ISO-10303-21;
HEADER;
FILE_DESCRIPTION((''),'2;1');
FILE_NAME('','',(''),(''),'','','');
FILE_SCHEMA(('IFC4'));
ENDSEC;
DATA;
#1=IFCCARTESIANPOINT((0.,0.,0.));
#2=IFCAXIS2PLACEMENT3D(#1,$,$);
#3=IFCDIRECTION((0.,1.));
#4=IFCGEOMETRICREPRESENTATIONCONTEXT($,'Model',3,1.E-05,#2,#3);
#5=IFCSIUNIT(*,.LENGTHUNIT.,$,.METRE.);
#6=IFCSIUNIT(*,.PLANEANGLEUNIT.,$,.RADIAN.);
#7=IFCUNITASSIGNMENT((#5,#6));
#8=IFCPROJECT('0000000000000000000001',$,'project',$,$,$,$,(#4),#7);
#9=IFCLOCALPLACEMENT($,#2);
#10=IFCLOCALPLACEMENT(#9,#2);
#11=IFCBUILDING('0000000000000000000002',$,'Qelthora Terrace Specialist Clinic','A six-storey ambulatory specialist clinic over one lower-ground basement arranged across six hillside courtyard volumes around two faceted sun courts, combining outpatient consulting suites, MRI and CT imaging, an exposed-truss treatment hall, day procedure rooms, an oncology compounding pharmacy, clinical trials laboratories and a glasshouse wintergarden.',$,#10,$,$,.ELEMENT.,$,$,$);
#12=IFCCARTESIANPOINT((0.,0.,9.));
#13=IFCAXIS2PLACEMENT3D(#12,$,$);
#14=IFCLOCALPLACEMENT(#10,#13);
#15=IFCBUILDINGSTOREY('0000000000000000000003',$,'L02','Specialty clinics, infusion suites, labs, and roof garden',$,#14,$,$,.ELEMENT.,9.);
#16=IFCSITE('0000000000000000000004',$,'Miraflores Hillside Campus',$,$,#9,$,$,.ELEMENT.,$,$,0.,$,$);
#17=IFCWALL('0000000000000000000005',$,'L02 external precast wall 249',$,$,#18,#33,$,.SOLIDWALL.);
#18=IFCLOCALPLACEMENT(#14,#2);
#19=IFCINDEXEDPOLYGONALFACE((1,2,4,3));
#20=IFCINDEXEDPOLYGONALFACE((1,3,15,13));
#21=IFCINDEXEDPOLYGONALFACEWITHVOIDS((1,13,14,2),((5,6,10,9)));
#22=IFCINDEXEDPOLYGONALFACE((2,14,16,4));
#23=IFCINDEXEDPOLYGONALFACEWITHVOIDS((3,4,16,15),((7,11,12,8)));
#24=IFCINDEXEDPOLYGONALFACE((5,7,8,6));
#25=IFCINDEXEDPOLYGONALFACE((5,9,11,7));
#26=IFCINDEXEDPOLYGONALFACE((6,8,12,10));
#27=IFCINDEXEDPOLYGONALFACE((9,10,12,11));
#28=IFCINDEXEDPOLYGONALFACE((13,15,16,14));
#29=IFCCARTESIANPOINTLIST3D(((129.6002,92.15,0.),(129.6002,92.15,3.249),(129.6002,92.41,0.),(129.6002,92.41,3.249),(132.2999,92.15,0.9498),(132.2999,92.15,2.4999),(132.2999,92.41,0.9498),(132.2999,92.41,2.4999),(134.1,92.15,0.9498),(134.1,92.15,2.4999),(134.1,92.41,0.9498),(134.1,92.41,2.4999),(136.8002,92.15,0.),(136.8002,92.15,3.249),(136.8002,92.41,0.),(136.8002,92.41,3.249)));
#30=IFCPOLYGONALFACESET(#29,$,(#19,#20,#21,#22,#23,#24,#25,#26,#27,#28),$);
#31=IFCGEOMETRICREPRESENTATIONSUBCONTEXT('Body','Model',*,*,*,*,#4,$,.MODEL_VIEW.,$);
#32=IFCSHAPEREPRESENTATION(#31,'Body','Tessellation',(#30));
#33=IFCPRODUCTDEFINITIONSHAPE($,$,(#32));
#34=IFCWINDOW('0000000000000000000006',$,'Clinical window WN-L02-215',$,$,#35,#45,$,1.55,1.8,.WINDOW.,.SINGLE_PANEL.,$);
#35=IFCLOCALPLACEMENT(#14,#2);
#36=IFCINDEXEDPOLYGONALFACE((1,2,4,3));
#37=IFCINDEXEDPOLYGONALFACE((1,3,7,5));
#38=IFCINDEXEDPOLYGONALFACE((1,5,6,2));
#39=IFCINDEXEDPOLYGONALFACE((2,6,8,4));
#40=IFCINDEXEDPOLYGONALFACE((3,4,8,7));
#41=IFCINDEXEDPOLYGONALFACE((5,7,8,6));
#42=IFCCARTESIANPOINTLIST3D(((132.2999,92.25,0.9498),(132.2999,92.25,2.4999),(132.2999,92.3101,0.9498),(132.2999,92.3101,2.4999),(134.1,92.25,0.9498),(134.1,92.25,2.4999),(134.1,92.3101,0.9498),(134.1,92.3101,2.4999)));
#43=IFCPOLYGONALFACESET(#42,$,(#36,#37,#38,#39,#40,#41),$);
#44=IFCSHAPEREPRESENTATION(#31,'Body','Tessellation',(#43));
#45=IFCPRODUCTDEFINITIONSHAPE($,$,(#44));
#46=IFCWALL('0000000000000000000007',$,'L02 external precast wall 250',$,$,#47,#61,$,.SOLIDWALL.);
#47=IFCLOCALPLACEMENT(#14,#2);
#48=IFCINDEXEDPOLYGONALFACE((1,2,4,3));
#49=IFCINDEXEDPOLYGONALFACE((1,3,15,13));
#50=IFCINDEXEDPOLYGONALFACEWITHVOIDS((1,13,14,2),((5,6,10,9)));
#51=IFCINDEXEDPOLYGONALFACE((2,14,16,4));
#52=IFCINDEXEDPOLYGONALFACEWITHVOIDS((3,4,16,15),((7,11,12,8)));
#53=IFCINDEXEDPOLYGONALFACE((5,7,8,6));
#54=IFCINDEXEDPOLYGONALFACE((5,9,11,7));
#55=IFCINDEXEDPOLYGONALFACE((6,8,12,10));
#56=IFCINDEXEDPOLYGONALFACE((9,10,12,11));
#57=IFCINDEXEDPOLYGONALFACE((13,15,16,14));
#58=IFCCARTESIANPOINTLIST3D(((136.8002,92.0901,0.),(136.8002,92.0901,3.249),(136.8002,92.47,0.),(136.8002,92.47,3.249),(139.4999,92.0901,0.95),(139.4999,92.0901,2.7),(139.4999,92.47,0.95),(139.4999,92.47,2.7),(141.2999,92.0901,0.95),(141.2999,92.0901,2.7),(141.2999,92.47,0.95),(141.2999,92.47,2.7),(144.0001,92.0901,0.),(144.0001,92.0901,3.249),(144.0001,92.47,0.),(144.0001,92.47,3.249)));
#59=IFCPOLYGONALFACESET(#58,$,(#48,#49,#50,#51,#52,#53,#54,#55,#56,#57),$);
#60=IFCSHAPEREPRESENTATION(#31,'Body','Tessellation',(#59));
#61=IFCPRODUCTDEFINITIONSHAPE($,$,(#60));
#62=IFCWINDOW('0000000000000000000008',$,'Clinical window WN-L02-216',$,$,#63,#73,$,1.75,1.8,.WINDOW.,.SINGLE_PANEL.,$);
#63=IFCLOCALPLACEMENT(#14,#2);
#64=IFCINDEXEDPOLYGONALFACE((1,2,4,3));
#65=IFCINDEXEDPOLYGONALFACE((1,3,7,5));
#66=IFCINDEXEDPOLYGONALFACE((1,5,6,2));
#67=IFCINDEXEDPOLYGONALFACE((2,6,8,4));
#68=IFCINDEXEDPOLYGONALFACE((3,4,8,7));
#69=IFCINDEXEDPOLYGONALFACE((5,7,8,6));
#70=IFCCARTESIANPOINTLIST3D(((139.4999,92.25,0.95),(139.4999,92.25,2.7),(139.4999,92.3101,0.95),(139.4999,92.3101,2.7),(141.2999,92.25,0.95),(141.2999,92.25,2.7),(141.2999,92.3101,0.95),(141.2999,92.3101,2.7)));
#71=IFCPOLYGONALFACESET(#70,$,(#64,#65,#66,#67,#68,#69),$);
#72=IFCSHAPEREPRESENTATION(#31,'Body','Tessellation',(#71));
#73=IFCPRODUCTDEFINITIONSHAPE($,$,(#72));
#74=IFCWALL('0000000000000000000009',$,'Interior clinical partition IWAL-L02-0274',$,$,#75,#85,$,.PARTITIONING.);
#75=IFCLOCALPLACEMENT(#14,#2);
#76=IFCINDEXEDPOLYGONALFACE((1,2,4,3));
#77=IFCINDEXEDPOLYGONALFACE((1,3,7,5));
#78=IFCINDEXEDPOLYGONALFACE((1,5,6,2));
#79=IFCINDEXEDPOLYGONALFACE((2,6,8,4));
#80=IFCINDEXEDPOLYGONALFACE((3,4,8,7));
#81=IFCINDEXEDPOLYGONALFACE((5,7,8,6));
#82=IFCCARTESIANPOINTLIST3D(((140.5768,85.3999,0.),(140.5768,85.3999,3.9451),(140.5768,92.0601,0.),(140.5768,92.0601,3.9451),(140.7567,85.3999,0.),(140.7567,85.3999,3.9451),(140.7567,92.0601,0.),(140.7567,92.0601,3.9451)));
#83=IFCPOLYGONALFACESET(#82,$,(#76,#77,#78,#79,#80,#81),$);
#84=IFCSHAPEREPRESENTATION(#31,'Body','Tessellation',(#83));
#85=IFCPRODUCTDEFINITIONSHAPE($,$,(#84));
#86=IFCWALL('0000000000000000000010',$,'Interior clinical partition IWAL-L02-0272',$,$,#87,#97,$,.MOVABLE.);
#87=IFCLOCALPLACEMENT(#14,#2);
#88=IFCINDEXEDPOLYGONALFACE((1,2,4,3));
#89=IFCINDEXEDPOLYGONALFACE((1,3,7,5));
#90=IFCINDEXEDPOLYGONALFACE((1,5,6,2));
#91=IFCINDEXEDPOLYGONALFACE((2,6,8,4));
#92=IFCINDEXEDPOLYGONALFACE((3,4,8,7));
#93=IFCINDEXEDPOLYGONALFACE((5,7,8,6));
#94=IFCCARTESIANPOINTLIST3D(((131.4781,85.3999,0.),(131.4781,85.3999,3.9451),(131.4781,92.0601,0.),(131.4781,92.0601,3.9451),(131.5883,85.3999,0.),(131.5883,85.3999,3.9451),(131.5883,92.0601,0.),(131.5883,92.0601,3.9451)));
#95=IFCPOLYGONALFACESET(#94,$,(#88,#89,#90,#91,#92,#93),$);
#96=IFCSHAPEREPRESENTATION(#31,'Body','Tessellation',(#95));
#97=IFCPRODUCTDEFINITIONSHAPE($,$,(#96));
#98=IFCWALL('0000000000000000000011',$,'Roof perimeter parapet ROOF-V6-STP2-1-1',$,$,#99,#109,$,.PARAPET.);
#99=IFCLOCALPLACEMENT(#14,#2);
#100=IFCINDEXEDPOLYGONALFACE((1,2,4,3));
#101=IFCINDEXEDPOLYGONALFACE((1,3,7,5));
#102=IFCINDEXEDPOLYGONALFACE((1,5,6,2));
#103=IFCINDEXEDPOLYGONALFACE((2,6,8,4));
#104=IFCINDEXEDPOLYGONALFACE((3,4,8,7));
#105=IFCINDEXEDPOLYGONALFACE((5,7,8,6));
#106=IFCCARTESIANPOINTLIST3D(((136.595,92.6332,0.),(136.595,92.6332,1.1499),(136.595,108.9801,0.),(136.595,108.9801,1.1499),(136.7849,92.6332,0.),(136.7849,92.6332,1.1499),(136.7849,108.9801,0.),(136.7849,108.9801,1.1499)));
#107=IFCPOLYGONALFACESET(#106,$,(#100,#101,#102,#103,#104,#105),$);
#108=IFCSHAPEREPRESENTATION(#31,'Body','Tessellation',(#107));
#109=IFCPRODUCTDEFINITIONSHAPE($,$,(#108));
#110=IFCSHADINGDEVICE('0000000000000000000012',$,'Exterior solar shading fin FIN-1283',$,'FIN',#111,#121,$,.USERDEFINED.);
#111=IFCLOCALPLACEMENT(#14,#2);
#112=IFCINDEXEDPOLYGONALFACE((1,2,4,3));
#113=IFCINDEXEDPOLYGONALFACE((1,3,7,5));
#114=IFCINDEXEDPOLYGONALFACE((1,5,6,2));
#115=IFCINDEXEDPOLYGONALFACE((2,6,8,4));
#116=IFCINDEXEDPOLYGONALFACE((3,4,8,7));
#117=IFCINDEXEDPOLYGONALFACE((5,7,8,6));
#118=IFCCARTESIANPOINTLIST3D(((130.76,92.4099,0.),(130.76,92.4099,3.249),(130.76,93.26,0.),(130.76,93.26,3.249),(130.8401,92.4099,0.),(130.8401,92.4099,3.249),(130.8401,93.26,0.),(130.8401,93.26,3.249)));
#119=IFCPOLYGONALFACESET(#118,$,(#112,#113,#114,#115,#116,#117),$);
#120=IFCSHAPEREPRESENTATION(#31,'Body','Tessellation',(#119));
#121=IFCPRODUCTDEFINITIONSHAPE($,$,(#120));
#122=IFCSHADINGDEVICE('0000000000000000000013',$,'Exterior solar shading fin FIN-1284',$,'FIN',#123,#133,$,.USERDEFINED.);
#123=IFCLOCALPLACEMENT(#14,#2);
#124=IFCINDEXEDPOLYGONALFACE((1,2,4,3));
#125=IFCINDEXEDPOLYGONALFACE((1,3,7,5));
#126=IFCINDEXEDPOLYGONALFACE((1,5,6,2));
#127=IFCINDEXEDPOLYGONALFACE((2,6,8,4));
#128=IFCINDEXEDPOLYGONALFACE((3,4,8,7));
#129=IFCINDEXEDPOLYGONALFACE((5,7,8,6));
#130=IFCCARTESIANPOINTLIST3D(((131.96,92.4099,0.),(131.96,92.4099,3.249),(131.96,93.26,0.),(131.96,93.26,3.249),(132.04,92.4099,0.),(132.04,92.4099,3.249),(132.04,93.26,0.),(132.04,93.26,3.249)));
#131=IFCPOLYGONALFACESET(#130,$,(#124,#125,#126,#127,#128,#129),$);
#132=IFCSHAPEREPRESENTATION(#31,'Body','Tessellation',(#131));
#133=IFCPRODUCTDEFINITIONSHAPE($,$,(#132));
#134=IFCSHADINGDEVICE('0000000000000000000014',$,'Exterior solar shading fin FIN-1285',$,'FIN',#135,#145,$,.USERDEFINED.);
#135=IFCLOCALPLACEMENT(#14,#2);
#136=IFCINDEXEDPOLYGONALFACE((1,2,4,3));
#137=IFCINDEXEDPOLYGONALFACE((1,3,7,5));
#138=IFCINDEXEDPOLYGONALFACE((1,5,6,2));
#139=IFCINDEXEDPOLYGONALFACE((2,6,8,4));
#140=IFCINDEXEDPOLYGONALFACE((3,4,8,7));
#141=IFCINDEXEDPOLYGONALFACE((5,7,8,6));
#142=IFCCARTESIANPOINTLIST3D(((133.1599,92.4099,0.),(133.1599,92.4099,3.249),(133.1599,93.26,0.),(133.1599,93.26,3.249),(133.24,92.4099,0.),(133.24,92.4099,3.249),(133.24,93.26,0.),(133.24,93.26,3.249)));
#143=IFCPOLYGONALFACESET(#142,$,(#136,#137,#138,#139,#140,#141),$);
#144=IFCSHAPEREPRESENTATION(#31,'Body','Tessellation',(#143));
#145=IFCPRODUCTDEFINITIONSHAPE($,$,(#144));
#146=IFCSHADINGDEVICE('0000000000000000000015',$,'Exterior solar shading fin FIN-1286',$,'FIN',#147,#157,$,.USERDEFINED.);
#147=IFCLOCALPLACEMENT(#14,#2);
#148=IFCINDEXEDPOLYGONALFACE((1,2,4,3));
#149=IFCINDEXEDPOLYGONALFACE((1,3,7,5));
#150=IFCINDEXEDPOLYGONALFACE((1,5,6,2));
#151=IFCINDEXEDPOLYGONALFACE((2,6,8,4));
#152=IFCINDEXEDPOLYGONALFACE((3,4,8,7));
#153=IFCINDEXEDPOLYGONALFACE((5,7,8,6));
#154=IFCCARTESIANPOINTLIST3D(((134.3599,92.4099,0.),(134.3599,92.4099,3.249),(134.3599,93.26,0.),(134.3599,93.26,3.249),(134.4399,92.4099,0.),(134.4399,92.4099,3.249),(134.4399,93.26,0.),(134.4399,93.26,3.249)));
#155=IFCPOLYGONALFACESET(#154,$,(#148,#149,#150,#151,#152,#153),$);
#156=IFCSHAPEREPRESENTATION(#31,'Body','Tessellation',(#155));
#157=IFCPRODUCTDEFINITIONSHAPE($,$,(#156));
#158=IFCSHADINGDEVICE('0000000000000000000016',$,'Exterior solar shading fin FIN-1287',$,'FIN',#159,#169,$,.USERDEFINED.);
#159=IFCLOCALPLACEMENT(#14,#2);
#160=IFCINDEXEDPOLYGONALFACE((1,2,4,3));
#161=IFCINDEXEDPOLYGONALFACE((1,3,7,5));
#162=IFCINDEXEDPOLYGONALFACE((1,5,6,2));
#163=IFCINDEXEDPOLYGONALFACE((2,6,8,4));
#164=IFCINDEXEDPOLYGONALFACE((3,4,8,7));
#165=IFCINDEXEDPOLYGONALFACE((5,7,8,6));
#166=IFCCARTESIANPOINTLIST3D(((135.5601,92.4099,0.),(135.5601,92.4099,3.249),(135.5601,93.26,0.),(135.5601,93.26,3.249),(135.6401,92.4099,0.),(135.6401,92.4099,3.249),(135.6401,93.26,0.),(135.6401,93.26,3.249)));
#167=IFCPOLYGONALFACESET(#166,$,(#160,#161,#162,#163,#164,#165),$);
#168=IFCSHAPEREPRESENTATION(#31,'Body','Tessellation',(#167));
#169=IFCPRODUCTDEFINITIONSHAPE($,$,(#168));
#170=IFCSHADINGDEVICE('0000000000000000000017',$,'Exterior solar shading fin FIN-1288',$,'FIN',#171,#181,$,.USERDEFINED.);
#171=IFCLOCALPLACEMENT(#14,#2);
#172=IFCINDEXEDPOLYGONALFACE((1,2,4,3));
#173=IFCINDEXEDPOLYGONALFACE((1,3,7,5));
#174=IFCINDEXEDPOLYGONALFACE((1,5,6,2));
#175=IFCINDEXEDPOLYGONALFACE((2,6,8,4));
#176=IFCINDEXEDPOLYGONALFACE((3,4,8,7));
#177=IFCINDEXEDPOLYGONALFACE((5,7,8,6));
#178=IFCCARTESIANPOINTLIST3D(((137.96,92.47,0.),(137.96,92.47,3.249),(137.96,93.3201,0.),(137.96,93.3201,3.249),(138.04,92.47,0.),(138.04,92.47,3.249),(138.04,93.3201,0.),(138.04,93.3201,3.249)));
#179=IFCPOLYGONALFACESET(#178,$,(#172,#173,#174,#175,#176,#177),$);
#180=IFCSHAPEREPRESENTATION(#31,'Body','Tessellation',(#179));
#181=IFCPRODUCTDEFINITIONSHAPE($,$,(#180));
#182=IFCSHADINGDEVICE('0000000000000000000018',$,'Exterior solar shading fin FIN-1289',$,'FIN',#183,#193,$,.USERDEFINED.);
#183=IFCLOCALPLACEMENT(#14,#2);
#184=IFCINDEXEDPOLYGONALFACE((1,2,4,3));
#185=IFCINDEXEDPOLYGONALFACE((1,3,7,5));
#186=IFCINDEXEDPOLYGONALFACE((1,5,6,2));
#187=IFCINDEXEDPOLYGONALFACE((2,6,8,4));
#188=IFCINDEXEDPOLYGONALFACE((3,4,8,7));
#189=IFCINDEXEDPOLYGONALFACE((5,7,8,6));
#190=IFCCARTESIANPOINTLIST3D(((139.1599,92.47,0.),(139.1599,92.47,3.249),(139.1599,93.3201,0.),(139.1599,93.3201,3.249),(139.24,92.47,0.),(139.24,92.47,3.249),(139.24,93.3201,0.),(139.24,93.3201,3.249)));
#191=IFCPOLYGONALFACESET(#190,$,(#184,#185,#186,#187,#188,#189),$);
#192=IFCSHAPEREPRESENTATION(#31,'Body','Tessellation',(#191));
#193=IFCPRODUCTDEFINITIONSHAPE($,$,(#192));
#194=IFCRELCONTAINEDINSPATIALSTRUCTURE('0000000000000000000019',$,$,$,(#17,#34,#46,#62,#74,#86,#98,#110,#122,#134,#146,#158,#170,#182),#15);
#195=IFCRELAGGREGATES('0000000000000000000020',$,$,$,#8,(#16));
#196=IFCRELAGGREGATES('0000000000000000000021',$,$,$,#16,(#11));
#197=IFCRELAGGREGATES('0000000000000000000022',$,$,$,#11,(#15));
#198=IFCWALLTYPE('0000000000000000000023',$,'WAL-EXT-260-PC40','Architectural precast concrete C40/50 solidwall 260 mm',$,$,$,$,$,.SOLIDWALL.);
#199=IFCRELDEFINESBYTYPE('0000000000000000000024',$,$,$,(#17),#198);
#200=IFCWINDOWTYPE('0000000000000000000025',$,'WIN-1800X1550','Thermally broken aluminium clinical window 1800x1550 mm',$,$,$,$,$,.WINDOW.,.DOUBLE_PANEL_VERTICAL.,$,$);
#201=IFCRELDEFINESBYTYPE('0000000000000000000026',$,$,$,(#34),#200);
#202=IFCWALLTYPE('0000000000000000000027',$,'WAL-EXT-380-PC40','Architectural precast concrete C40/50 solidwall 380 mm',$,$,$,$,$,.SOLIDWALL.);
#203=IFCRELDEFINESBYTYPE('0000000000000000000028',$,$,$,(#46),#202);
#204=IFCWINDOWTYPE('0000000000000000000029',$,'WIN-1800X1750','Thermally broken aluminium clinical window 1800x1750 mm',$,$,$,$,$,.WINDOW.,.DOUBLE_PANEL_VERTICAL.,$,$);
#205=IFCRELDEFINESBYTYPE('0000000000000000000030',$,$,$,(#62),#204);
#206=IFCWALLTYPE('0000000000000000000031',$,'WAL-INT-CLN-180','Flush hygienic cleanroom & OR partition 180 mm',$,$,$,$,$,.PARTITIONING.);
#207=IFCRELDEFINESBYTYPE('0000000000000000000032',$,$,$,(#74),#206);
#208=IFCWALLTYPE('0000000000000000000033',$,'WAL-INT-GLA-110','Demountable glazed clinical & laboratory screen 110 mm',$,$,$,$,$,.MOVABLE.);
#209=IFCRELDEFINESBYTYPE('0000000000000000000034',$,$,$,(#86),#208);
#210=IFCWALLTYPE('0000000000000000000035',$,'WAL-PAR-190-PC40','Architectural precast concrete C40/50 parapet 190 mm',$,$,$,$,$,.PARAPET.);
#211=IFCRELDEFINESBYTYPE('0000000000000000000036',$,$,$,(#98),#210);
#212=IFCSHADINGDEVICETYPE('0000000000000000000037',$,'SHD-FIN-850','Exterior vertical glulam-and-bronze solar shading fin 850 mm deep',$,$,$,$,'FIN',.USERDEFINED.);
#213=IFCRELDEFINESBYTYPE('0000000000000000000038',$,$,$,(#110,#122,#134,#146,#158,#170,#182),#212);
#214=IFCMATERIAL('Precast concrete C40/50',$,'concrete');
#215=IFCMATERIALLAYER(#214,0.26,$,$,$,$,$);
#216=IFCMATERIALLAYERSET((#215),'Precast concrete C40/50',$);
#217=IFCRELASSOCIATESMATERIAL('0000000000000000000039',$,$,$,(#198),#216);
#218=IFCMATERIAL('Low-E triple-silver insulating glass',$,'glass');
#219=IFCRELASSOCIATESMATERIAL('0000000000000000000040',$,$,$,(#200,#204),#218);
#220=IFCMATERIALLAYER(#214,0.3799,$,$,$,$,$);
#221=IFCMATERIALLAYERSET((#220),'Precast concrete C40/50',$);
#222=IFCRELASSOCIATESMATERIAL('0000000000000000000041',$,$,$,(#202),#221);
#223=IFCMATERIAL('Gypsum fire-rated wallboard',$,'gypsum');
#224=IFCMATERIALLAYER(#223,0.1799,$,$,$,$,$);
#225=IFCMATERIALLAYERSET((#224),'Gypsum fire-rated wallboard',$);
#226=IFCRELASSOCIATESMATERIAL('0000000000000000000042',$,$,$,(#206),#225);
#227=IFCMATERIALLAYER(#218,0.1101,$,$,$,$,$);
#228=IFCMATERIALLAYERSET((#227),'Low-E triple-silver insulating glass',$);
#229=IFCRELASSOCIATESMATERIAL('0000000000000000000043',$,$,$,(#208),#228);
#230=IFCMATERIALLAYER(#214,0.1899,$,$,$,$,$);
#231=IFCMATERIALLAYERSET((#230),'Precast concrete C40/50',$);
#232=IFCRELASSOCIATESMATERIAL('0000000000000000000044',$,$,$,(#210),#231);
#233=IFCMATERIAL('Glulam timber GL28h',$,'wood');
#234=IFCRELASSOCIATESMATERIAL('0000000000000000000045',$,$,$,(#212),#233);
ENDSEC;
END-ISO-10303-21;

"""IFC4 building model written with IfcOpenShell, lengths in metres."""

from ifc_helpers import new_model, si_unit, direction, frame, frame_2d, origin, origin_2d, place, context, subcontext, project, spatial, rectangle, extrude, material, layer, layer_set, type_object, element, fill, save


model = new_model("IFC4")

# Units and contexts
model_context = context("Model", 3, precision=1e-05, world=origin(), true_north=direction((0.0, 1.0)))
body_context = subcontext(model_context, "Body", "Model", "MODEL_VIEW")
ifc_project = project(units=[si_unit("LENGTHUNIT", "METRE"), si_unit("PLANEANGLEUNIT", "RADIAN")], contexts=[model_context])

# Site, building, storey
site_placement = place(None, origin())
site = spatial("IfcSite", under=ifc_project, at=site_placement, Name="Miraflores Hillside Campus", CompositionType="ELEMENT", RefElevation=0.0)
building_placement = place(site_placement, origin())
building = spatial("IfcBuilding", under=site, at=building_placement, Name="Qelthora Terrace Specialist Clinic", Description="A six-storey ambulatory specialist clinic over one lower-ground basement arranged across six hillside courtyard volumes around two faceted sun courts, combining outpatient consulting suites, MRI and CT imaging, an exposed-truss treatment hall, day procedure rooms, an oncology compounding pharmacy, clinical trials laboratories and a glasshouse wintergarden.", CompositionType="ELEMENT")
storey_placement = place(building_placement, frame((0.0, 0.0, 9.0)))
storey = spatial("IfcBuildingStorey", under=building, at=storey_placement, Name="L02", Description="Specialty clinics, infusion suites, labs, and roof garden", CompositionType="ELEMENT", Elevation=9.0)

# Walls, openings, windows
ifc_material_1 = material(Name="Precast concrete C40/50", Category="concrete")
ifc_layer_1 = layer(ifc_material_1, 0.26)
ifc_layer_set_1 = layer_set([ifc_layer_1], Name="Precast concrete C40/50")
wall_type_1 = type_object("IfcWallType", Name="WAL-EXT-260-PC40", Description="Architectural precast concrete C40/50 solidwall 260 mm", PredefinedType="SOLIDWALL", material=ifc_layer_set_1)
wall_1_placement = place(storey_placement, frame((129.6001, 92.28, 0.0), z_axis=(0.0, 0.0, 1.0), x_axis=(1.0, 0.0, 0.0)))
wall_1 = element("IfcWall", 1, at=wall_1_placement, inside=storey, type_object=wall_type_1, Name="L02 external precast wall 249", PredefinedType="SOLIDWALL", context=body_context, shape_type="SweptSolid", body=[
    extrude(rectangle(XDim=7.2, YDim=0.26, at=frame_2d((3.6001, 0.0))), origin(), (0.0, 0.0, 1.0), 3.249),
])
opening_1_placement = place(wall_1_placement, frame((2.7, 0.0, 0.95)))
opening_1 = element("IfcOpeningElement", 2, at=opening_1_placement, cuts=wall_1, PredefinedType="OPENING", context=body_context, shape_type="SweptSolid", body=[
    extrude(rectangle(XDim=1.8, YDim=1.55, at=frame_2d((0.8999, 0.7749))), frame((0.0, 0.1399, 0.0), z_axis=(0.0, -1.0, 0.0), x_axis=(1.0, 0.0, 0.0)), (0.0, 0.0, 1.0), 0.28),
])
ifc_material_2 = material(Name="Low-E triple-silver insulating glass", Category="glass")
window_type_1 = type_object("IfcWindowType", Name="WIN-1800X1550", Description="Thermally broken aluminium clinical window 1800x1550 mm", PartitioningType="DOUBLE_PANEL_VERTICAL", PredefinedType="WINDOW", material=ifc_material_2)
window_1_placement = place(opening_1_placement, origin())
window_1 = element("IfcWindow", 3, at=window_1_placement, inside=storey, type_object=window_type_1, Name="Clinical window WN-L02-215", OverallHeight=1.55, OverallWidth=1.8, PartitioningType="SINGLE_PANEL", PredefinedType="WINDOW", context=body_context, shape_type="SweptSolid", body=[
    extrude(rectangle(XDim=1.8, YDim=1.55, at=frame_2d((0.8999, 0.7749))), frame((0.0, 0.03, 0.0), z_axis=(0.0, -1.0, 0.0), x_axis=(1.0, 0.0, 0.0)), (0.0, 0.0, 1.0), 0.0601),
])
fill(opening_1, window_1)
ifc_layer_2 = layer(ifc_material_1, 0.3799)
ifc_layer_set_2 = layer_set([ifc_layer_2], Name="Precast concrete C40/50")
wall_type_2 = type_object("IfcWallType", Name="WAL-EXT-380-PC40", Description="Architectural precast concrete C40/50 solidwall 380 mm", PredefinedType="SOLIDWALL", material=ifc_layer_set_2)
wall_2_placement = place(storey_placement, frame((136.8, 92.28, 0.0), z_axis=(0.0, 0.0, 1.0), x_axis=(1.0, 0.0, 0.0)))
wall_2 = element("IfcWall", 4, at=wall_2_placement, inside=storey, type_object=wall_type_2, Name="L02 external precast wall 250", PredefinedType="SOLIDWALL", context=body_context, shape_type="SweptSolid", body=[
    extrude(rectangle(XDim=7.2, YDim=0.3799, at=frame_2d((3.6001, 0.0))), origin(), (0.0, 0.0, 1.0), 3.249),
])
opening_2_placement = place(wall_2_placement, frame((2.7, 0.0, 0.95)))
opening_2 = element("IfcOpeningElement", 5, at=opening_2_placement, cuts=wall_2, PredefinedType="OPENING", context=body_context, shape_type="SweptSolid", body=[
    extrude(rectangle(XDim=1.8, YDim=1.75, at=frame_2d((0.8999, 0.875))), frame((0.0, 0.2, 0.0), z_axis=(0.0, -1.0, 0.0), x_axis=(1.0, 0.0, 0.0)), (0.0, 0.0, 1.0), 0.3999),
])
window_type_2 = type_object("IfcWindowType", Name="WIN-1800X1750", Description="Thermally broken aluminium clinical window 1800x1750 mm", PartitioningType="DOUBLE_PANEL_VERTICAL", PredefinedType="WINDOW", material=ifc_material_2)
window_2_placement = place(opening_2_placement, origin())
window_2 = element("IfcWindow", 6, at=window_2_placement, inside=storey, type_object=window_type_2, Name="Clinical window WN-L02-216", OverallHeight=1.75, OverallWidth=1.8, PartitioningType="SINGLE_PANEL", PredefinedType="WINDOW", context=body_context, shape_type="SweptSolid", body=[
    extrude(rectangle(XDim=1.8, YDim=1.75, at=frame_2d((0.8999, 0.875))), frame((0.0, 0.03, 0.0), z_axis=(0.0, -1.0, 0.0), x_axis=(1.0, 0.0, 0.0)), (0.0, 0.0, 1.0), 0.0601),
])
fill(opening_2, window_2)

# Walls
ifc_material_3 = material(Name="Gypsum fire-rated wallboard", Category="gypsum")
ifc_layer_3 = layer(ifc_material_3, 0.1799)
ifc_layer_set_3 = layer_set([ifc_layer_3], Name="Gypsum fire-rated wallboard")
wall_type_3 = type_object("IfcWallType", Name="WAL-INT-CLN-180", Description="Flush hygienic cleanroom & OR partition 180 mm", PredefinedType="PARTITIONING", material=ifc_layer_set_3)
wall_3_placement = place(storey_placement, frame((140.6667, 92.0601, 0.0), z_axis=(0.0, 0.0, 1.0), x_axis=(0.0, -1.0, 0.0)))
element("IfcWall", 7, at=wall_3_placement, inside=storey, type_object=wall_type_3, Name="Interior clinical partition IWAL-L02-0274", PredefinedType="PARTITIONING", context=body_context, shape_type="SweptSolid", body=[
    extrude(rectangle(XDim=6.6602, YDim=0.1799, at=frame_2d((3.3301, 0.0))), origin(), (0.0, 0.0, 1.0), 3.9451),
])
ifc_layer_4 = layer(ifc_material_2, 0.1101)
ifc_layer_set_4 = layer_set([ifc_layer_4], Name="Low-E triple-silver insulating glass")
wall_type_4 = type_object("IfcWallType", Name="WAL-INT-GLA-110", Description="Demountable glazed clinical & laboratory screen 110 mm", PredefinedType="MOVABLE", material=ifc_layer_set_4)
wall_4_placement = place(storey_placement, frame((131.5332, 92.0601, 0.0), z_axis=(0.0, 0.0, 1.0), x_axis=(0.0, -1.0, 0.0)))
element("IfcWall", 8, at=wall_4_placement, inside=storey, type_object=wall_type_4, Name="Interior clinical partition IWAL-L02-0272", PredefinedType="MOVABLE", context=body_context, shape_type="SweptSolid", body=[
    extrude(rectangle(XDim=6.6602, YDim=0.1101, at=frame_2d((3.3301, 0.0))), origin(), (0.0, 0.0, 1.0), 3.9451),
])
ifc_layer_5 = layer(ifc_material_1, 0.1899)
ifc_layer_set_5 = layer_set([ifc_layer_5], Name="Precast concrete C40/50")
wall_type_5 = type_object("IfcWallType", Name="WAL-PAR-190-PC40", Description="Architectural precast concrete C40/50 parapet 190 mm", PredefinedType="PARAPET", material=ifc_layer_set_5)
wall_5_placement = place(storey_placement, frame((136.6899, 108.98, 0.0), z_axis=(0.0, 0.0, 1.0), x_axis=(0.0, -1.0, 0.0)))
element("IfcWall", 9, at=wall_5_placement, inside=storey, type_object=wall_type_5, Name="Roof perimeter parapet ROOF-V6-STP2-1-1", PredefinedType="PARAPET", context=body_context, shape_type="SweptSolid", body=[
    extrude(rectangle(XDim=16.3469, YDim=0.1899, at=frame_2d((8.1733, 0.0))), origin(), (0.0, 0.0, 1.0), 1.1499),
])

# Shading devices
ifc_material_4 = material(Name="Glulam timber GL28h", Category="wood")
shading_device_type = type_object("IfcShadingDeviceType", Name="SHD-FIN-850", Description="Exterior vertical glulam-and-bronze solar shading fin 850 mm deep", ElementType="FIN", PredefinedType="USERDEFINED", material=ifc_material_4)
for number, where, z_axis, x_axis, name in (
    (10, (130.8, 92.835, 0.0), (0.0, 0.0, 1.0), (0.0, 1.0, 0.0), "Exterior solar shading fin FIN-1283"),
    (11, (132.0, 92.835, 0.0), (0.0, 0.0, 1.0), (0.0, 1.0, 0.0), "Exterior solar shading fin FIN-1284"),
    (12, (133.2, 92.835, 0.0), (0.0, 0.0, 1.0), (0.0, 1.0, 0.0), "Exterior solar shading fin FIN-1285"),
    (13, (134.3999, 92.835, 0.0), (0.0, 0.0, 1.0), (0.0, 1.0, 0.0), "Exterior solar shading fin FIN-1286"),
    (14, (135.6001, 92.835, 0.0), (0.0, 0.0, 1.0), (0.0, 1.0, 0.0), "Exterior solar shading fin FIN-1287"),
    (15, (138.0, 92.895, 0.0), (0.0, 0.0, 1.0), (0.0, 1.0, 0.0), "Exterior solar shading fin FIN-1288"),
    (16, (139.2, 92.895, 0.0), (0.0, 0.0, 1.0), (0.0, 1.0, 0.0), "Exterior solar shading fin FIN-1289"),
):
    element("IfcShadingDevice", number, at=place(storey_placement, frame(where, z_axis=z_axis, x_axis=x_axis)), inside=storey, type_object=shading_device_type, Name=name, ObjectType="FIN", PredefinedType="USERDEFINED", context=body_context, shape_type="SweptSolid", body=[
        extrude(rectangle(XDim=0.8501, YDim=0.0801, at=origin_2d()), origin(), (0.0, 0.0, 1.0), 3.249),
    ])

save(model, "model.ifc")
